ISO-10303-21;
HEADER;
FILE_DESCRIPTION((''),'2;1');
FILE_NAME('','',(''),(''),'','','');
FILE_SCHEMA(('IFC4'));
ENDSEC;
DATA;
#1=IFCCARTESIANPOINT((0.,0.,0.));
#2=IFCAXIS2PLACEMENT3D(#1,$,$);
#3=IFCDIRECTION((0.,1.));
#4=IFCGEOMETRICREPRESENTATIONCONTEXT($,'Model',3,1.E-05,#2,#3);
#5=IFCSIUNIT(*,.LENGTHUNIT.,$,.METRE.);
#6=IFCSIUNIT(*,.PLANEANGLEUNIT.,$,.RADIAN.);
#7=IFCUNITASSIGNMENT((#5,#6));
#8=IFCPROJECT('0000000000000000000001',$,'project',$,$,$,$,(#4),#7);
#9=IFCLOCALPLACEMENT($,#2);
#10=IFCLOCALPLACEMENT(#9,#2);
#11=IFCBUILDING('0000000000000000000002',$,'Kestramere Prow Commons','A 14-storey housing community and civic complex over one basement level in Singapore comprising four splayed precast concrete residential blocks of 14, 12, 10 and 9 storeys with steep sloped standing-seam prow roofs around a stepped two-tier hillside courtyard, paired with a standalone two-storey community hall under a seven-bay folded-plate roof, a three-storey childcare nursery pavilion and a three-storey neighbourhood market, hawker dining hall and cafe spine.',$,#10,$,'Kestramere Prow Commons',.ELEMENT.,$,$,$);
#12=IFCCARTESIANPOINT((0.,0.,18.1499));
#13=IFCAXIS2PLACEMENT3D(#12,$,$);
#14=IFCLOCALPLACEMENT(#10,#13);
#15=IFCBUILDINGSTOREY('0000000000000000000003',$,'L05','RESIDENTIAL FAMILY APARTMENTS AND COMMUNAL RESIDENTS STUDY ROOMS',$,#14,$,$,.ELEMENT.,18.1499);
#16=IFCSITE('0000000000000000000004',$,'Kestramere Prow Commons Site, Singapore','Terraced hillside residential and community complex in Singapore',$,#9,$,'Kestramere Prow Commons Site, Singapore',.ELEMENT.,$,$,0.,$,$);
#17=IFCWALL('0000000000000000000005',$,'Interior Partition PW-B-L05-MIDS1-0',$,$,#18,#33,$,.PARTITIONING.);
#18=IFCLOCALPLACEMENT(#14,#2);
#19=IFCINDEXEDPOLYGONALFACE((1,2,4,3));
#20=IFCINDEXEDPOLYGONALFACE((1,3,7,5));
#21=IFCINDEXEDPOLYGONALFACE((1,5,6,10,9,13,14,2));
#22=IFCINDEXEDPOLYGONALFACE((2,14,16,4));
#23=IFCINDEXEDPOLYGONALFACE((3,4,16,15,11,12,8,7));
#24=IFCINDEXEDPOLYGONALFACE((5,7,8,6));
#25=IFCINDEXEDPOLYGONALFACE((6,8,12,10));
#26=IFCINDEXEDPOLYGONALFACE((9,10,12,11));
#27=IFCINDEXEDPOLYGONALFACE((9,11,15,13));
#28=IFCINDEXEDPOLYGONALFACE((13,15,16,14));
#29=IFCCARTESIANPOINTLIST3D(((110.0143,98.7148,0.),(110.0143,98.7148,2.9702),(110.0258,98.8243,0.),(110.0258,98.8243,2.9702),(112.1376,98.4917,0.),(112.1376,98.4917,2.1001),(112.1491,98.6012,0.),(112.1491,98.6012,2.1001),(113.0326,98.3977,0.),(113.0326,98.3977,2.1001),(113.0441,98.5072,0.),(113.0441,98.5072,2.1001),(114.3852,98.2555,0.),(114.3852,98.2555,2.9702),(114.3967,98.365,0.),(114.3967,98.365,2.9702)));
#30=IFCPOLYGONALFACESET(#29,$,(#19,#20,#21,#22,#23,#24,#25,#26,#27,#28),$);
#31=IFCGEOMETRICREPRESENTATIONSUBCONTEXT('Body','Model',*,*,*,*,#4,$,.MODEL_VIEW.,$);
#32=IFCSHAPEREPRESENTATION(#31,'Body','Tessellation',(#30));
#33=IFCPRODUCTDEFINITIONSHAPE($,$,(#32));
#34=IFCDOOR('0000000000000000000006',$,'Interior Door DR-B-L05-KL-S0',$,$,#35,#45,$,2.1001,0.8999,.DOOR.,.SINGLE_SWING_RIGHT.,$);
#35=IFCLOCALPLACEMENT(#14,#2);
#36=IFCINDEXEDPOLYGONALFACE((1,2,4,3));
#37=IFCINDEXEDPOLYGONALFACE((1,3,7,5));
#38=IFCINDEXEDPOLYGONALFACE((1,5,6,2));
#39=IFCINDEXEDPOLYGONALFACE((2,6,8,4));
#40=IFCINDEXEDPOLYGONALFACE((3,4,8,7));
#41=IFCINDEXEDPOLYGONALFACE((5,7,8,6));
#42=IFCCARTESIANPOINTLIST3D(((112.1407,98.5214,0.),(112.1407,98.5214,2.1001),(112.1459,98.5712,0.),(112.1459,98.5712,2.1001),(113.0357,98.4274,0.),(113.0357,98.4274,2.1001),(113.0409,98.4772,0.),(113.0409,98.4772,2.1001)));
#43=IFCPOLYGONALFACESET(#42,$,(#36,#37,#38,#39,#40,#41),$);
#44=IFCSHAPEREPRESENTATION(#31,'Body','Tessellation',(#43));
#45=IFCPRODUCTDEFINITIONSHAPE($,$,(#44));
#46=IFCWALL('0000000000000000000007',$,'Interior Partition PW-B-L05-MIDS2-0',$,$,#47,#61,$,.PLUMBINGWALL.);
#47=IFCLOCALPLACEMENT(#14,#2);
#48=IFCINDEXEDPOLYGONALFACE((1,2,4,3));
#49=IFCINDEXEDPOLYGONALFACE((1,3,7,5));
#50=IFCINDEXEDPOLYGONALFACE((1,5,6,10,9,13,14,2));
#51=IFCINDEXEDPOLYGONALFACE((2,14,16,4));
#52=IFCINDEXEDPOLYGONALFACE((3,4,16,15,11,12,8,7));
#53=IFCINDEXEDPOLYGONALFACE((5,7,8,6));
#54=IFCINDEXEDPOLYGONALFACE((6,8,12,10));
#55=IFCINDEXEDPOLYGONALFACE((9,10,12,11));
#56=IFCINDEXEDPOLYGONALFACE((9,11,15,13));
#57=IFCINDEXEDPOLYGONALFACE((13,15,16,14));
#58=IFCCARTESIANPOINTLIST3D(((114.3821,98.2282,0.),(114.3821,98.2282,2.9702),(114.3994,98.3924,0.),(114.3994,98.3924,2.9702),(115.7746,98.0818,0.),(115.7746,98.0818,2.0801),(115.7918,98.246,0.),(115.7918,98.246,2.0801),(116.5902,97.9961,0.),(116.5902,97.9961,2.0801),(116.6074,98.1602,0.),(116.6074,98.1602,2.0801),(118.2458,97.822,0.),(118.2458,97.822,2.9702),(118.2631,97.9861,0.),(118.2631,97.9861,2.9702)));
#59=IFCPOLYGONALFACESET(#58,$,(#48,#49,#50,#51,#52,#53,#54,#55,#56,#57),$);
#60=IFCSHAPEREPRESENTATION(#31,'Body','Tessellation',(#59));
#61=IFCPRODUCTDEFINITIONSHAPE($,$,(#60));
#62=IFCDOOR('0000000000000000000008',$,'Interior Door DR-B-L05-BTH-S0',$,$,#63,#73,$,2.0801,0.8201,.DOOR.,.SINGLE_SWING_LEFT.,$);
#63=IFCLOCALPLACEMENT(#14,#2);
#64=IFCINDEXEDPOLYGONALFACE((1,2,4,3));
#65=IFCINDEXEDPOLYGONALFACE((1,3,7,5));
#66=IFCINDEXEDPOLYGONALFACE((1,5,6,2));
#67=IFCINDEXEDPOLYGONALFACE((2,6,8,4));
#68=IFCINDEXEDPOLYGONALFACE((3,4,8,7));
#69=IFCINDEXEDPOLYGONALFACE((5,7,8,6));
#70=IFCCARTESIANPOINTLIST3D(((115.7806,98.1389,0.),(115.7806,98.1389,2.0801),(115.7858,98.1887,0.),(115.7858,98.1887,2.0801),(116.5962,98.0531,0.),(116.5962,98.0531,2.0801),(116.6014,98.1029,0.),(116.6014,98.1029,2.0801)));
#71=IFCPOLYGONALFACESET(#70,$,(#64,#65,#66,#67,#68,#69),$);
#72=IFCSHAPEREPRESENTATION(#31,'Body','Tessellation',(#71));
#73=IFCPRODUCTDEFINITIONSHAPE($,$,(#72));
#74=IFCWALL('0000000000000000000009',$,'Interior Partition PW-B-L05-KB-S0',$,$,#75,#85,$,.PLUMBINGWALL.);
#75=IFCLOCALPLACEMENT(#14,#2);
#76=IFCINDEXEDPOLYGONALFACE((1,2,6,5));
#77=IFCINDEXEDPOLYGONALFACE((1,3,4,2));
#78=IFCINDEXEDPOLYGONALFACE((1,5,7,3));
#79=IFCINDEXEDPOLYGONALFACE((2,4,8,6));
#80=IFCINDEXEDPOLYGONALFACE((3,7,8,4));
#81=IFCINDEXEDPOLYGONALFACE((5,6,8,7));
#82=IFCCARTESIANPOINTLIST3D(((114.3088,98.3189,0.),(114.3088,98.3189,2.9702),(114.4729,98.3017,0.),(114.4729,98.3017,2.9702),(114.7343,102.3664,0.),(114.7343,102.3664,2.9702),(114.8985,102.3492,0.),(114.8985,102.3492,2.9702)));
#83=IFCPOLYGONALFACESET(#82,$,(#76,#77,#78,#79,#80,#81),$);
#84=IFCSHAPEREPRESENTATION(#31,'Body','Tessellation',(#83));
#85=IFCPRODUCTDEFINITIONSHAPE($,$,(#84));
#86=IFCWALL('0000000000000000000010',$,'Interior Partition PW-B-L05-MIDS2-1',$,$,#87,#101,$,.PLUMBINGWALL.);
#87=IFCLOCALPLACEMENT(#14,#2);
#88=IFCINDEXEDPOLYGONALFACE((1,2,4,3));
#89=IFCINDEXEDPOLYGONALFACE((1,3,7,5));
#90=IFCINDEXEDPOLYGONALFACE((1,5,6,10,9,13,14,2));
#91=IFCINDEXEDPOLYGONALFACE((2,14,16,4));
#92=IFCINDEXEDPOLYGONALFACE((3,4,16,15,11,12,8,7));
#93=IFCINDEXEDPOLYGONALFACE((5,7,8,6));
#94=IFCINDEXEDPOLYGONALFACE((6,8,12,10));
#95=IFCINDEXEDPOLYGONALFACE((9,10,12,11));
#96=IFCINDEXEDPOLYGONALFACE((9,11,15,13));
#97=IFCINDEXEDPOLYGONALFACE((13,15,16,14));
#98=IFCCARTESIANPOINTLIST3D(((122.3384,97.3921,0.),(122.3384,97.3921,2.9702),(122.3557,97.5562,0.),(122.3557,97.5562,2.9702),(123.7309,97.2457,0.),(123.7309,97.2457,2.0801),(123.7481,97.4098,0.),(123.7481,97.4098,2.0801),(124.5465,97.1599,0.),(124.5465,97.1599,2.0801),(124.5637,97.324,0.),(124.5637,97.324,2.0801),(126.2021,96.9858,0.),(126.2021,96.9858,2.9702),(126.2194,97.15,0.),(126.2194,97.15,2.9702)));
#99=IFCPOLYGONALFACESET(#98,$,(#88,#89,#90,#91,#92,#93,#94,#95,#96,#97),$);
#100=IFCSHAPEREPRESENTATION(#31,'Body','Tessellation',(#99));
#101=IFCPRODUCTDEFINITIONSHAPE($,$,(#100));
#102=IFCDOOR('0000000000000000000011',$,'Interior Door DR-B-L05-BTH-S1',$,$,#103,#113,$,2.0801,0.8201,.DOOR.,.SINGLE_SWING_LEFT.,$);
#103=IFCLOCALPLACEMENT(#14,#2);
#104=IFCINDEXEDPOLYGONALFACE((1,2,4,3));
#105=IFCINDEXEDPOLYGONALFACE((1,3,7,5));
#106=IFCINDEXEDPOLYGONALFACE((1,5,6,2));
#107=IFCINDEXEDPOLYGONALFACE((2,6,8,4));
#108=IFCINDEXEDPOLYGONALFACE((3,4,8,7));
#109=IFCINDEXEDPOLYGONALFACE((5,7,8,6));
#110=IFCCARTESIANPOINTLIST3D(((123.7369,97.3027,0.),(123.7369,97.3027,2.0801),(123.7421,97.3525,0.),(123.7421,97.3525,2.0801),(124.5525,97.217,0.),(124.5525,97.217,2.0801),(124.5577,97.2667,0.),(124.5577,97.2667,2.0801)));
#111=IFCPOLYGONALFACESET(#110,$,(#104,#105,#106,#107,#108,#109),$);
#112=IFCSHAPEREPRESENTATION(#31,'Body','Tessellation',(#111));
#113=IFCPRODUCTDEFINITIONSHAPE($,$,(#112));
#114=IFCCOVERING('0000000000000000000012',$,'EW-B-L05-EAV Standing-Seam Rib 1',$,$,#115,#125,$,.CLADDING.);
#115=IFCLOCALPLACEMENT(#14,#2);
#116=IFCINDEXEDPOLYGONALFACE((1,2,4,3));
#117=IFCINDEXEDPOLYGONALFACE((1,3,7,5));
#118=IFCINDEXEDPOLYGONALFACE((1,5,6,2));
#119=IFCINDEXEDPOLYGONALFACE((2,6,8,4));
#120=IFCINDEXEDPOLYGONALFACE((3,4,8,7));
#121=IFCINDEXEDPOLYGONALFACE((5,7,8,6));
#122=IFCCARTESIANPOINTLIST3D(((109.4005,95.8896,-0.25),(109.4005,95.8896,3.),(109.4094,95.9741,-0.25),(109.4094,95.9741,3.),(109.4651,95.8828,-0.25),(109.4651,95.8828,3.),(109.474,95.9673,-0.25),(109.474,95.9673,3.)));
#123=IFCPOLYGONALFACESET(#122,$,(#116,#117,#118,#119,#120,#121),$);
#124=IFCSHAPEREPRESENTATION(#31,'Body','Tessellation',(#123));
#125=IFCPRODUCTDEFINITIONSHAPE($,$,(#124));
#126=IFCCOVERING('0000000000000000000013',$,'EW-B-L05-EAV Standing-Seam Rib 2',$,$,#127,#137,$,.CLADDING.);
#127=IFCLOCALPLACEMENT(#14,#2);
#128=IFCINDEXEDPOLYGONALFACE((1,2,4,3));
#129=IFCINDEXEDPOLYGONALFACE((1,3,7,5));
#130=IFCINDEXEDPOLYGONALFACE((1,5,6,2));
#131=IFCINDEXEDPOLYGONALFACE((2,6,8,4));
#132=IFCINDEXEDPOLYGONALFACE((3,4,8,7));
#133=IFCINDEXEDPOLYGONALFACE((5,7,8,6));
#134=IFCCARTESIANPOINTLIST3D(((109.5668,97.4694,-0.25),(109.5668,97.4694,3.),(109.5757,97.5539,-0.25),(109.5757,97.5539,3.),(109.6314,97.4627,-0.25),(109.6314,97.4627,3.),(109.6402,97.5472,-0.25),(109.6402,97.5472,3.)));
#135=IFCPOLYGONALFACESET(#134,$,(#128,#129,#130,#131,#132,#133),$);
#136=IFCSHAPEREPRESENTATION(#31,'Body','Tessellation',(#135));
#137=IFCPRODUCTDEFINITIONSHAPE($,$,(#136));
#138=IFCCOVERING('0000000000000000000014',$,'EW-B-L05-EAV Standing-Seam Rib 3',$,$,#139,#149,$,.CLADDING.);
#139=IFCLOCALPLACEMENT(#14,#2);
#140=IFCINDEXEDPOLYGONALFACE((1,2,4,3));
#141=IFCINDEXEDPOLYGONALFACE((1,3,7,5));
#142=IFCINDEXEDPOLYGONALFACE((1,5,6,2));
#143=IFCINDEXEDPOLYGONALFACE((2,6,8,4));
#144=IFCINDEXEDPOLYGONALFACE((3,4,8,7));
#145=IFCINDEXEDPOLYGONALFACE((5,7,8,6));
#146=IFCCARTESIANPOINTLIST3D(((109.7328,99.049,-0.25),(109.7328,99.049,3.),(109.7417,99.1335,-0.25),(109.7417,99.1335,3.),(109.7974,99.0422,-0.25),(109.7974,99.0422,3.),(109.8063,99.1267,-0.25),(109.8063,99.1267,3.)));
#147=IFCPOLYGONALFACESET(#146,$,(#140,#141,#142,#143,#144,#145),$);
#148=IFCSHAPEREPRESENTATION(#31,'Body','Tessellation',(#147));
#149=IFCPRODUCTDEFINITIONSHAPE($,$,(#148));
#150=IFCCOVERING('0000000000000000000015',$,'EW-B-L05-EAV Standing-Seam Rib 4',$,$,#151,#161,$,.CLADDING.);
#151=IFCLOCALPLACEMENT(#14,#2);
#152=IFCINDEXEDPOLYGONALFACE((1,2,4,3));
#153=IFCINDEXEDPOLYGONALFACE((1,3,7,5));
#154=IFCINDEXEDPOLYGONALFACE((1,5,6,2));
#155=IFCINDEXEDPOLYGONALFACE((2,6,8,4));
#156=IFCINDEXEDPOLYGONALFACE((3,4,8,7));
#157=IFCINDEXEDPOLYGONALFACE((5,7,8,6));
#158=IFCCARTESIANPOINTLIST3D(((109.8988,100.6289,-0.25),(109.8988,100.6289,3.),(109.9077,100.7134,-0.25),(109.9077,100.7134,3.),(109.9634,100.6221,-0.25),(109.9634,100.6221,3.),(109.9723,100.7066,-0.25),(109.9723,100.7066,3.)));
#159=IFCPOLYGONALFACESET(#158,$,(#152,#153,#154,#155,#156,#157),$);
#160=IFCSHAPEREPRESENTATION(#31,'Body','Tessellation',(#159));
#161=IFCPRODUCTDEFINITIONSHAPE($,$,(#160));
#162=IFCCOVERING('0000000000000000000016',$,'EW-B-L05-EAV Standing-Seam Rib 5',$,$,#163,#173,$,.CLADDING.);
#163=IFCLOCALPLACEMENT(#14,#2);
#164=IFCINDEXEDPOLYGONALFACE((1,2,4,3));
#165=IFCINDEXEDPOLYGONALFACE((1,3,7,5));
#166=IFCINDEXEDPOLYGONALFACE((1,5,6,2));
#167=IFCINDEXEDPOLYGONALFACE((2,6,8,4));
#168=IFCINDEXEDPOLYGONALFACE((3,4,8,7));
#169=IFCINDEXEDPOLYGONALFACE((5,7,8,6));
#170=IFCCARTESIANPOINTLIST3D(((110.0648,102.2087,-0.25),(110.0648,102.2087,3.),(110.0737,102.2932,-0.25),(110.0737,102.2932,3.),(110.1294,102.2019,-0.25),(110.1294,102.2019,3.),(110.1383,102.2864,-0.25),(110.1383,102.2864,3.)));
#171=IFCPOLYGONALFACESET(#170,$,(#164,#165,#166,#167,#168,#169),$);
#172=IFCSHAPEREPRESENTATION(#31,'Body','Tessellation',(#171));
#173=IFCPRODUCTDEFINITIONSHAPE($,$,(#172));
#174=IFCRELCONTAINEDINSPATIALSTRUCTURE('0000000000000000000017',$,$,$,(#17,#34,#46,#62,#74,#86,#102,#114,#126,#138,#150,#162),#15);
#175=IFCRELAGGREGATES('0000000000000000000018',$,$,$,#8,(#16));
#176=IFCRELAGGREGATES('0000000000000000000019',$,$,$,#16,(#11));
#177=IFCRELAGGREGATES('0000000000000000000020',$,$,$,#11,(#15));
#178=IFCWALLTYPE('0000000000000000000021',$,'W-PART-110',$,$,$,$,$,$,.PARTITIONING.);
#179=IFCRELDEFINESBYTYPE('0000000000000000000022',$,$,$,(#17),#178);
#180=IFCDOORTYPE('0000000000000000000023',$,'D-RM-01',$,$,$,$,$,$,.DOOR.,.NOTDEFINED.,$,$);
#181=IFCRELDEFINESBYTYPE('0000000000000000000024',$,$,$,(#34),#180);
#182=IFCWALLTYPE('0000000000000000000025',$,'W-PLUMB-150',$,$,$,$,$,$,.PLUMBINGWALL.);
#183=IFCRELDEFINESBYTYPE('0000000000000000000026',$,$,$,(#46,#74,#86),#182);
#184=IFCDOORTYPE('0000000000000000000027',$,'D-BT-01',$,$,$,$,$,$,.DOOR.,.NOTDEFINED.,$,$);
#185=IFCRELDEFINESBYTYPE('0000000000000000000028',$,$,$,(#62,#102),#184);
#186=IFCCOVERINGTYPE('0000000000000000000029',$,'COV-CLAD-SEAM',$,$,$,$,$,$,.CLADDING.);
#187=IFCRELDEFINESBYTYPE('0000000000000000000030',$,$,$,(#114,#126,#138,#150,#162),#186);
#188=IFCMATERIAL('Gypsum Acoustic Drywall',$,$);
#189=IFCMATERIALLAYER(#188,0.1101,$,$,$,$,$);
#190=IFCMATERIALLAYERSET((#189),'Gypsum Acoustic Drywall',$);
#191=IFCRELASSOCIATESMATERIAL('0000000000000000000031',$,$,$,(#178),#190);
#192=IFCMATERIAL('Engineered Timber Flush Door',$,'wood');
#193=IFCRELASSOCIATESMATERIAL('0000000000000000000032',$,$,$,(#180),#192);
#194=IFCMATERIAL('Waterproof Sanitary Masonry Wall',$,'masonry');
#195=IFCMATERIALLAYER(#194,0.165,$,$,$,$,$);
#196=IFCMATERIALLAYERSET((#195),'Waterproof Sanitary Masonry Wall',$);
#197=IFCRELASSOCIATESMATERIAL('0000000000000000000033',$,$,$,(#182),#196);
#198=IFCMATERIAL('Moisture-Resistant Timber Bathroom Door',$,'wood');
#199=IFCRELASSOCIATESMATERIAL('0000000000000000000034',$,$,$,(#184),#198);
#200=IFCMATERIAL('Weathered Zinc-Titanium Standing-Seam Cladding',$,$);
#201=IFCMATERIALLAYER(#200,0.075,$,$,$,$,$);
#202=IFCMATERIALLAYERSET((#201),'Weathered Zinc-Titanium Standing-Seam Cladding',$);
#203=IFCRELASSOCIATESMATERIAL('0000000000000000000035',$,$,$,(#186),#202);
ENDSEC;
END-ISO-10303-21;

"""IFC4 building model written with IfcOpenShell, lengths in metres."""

from ifc_helpers import new_model, si_unit, direction, frame, frame_2d, origin, origin_2d, place, context, subcontext, project, spatial, rectangle, extrude, material, layer, layer_set, type_object, element, fill, save


model = new_model("IFC4")

# Units and contexts
model_context = context("Model", 3, precision=1e-05, world=origin(), true_north=direction((0.0, 1.0)))
body_context = subcontext(model_context, "Body", "Model", "MODEL_VIEW")
ifc_project = project(units=[si_unit("LENGTHUNIT", "METRE"), si_unit("PLANEANGLEUNIT", "RADIAN")], contexts=[model_context])

# Site, building, storey
site_placement = place(None, origin())
site = spatial("IfcSite", under=ifc_project, at=site_placement, Name="Kestramere Prow Commons Site, Singapore", Description="Terraced hillside residential and community complex in Singapore", LongName="Kestramere Prow Commons Site, Singapore", CompositionType="ELEMENT", RefElevation=0.0)
building_placement = place(site_placement, origin())
building = spatial("IfcBuilding", under=site, at=building_placement, Name="Kestramere Prow Commons", Description="A 14-storey housing community and civic complex over one basement level in Singapore comprising four splayed precast concrete residential blocks of 14, 12, 10 and 9 storeys with steep sloped standing-seam prow roofs around a stepped two-tier hillside courtyard, paired with a standalone two-storey community hall under a seven-bay folded-plate roof, a three-storey childcare nursery pavilion and a three-storey neighbourhood market, hawker dining hall and cafe spine.", LongName="Kestramere Prow Commons", CompositionType="ELEMENT")
storey_placement = place(building_placement, frame((0.0, 0.0, 18.1499)))
storey = spatial("IfcBuildingStorey", under=building, at=storey_placement, Name="L05", Description="RESIDENTIAL FAMILY APARTMENTS AND COMMUNAL RESIDENTS STUDY ROOMS", CompositionType="ELEMENT", Elevation=18.1499)

# Walls, openings, doors
ifc_material_1 = material(Name="Gypsum Acoustic Drywall")
ifc_layer_1 = layer(ifc_material_1, 0.1101)
ifc_layer_set_1 = layer_set([ifc_layer_1], Name="Gypsum Acoustic Drywall")
wall_type_1 = type_object("IfcWallType", Name="W-PART-110", PredefinedType="PARTITIONING", material=ifc_layer_set_1)
wall_1_placement = place(storey_placement, frame((110.02, 98.7695, 0.0), z_axis=(0.0, 0.0, 1.0), x_axis=(0.994526, -0.104491, 0.0)))
wall_1 = element("IfcWall", 1, at=wall_1_placement, inside=storey, type_object=wall_type_1, Name="Interior Partition PW-B-L05-MIDS1-0", PredefinedType="PARTITIONING", context=body_context, shape_type="SweptSolid", body=[
    extrude(rectangle(XDim=4.395, YDim=0.1101, at=frame_2d((2.1975, 0.0))), origin(), (0.0, 0.0, 1.0), 2.9702),
])
opening_1_placement = place(wall_1_placement, frame((2.135, 0.0, 0.0)))
opening_1 = element("IfcOpeningElement", 2, at=opening_1_placement, cuts=wall_1, PredefinedType="OPENING", context=body_context, shape_type="SweptSolid", body=[
    extrude(rectangle(XDim=0.8999, YDim=2.1001, at=frame_2d((0.45, 1.05))), frame((0.0, 0.0701, 0.0), z_axis=(0.0, -1.0, 0.0), x_axis=(1.0, 0.0, 0.0)), (0.0, 0.0, 1.0), 0.1401),
])
ifc_material_2 = material(Name="Engineered Timber Flush Door", Category="wood")
door_type_1 = type_object("IfcDoorType", Name="D-RM-01", OperationType="NOTDEFINED", PredefinedType="DOOR", material=ifc_material_2)
door_1_placement = place(opening_1_placement, origin())
door_1 = element("IfcDoor", 3, at=door_1_placement, inside=storey, type_object=door_type_1, Name="Interior Door DR-B-L05-KL-S0", OperationType="SINGLE_SWING_RIGHT", OverallHeight=2.1001, OverallWidth=0.8999, PredefinedType="DOOR", context=body_context, shape_type="SweptSolid", body=[
    extrude(rectangle(XDim=0.8999, YDim=2.1001, at=frame_2d((0.45, 1.05))), frame((0.0, 0.0249, 0.0), z_axis=(0.0, -1.0, 0.0), x_axis=(1.0, 0.0, 0.0)), (0.0, 0.0, 1.0), 0.05),
])
fill(opening_1, door_1)
ifc_material_3 = material(Name="Waterproof Sanitary Masonry Wall", Category="masonry")
ifc_layer_2 = layer(ifc_material_3, 0.165)
ifc_layer_set_2 = layer_set([ifc_layer_2], Name="Waterproof Sanitary Masonry Wall")
wall_type_2 = type_object("IfcWallType", Name="W-PLUMB-150", PredefinedType="PLUMBINGWALL", material=ifc_layer_set_2)
wall_2_placement = place(storey_placement, frame((114.3909, 98.3103, 0.0), z_axis=(0.0, 0.0, 1.0), x_axis=(0.994518, -0.104567, 0.0)))
wall_2 = element("IfcWall", 4, at=wall_2_placement, inside=storey, type_object=wall_type_2, Name="Interior Partition PW-B-L05-MIDS2-0", PredefinedType="PLUMBINGWALL", context=body_context, shape_type="SweptSolid", body=[
    extrude(rectangle(XDim=3.885, YDim=0.165, at=frame_2d((1.9424, 0.0))), origin(), (0.0, 0.0, 1.0), 2.9702),
])
opening_2_placement = place(wall_2_placement, frame((1.3999, 0.0, 0.0)))
opening_2 = element("IfcOpeningElement", 5, at=opening_2_placement, cuts=wall_2, PredefinedType="OPENING", context=body_context, shape_type="SweptSolid", body=[
    extrude(rectangle(XDim=0.8201, YDim=2.0801, at=frame_2d((0.4102, 1.04))), frame((0.0, 0.0974, 0.0), z_axis=(0.0, -1.0, 0.0), x_axis=(1.0, 0.0, 0.0)), (0.0, 0.0, 1.0), 0.1951),
])
ifc_material_4 = material(Name="Moisture-Resistant Timber Bathroom Door", Category="wood")
door_type_2 = type_object("IfcDoorType", Name="D-BT-01", OperationType="NOTDEFINED", PredefinedType="DOOR", material=ifc_material_4)
door_2_placement = place(opening_2_placement, origin())
door_2 = element("IfcDoor", 6, at=door_2_placement, inside=storey, type_object=door_type_2, Name="Interior Door DR-B-L05-BTH-S0", OperationType="SINGLE_SWING_LEFT", OverallHeight=2.0801, OverallWidth=0.8201, PredefinedType="DOOR", context=body_context, shape_type="SweptSolid", body=[
    extrude(rectangle(XDim=0.8201, YDim=2.0801, at=frame_2d((0.4102, 1.04))), frame((0.0, 0.0249, 0.0), z_axis=(0.0, -1.0, 0.0), x_axis=(1.0, 0.0, 0.0)), (0.0, 0.0, 1.0), 0.05),
])
fill(opening_2, door_2)

# Wall
wall_3_placement = place(storey_placement, frame((114.3909, 98.3103, 0.0), z_axis=(0.0, 0.0, 1.0), x_axis=(0.104557, 0.994519, 0.0)))
element("IfcWall", 7, at=wall_3_placement, inside=storey, type_object=wall_type_2, Name="Interior Partition PW-B-L05-KB-S0", PredefinedType="PLUMBINGWALL", context=body_context, shape_type="SweptSolid", body=[
    extrude(rectangle(XDim=4.0698, YDim=0.165, at=frame_2d((2.0349, 0.0))), origin(), (0.0, 0.0, 1.0), 2.9702),
])

# Wall, opening, door
wall_4_placement = place(storey_placement, frame((122.3472, 97.4741, 0.0), z_axis=(0.0, 0.0, 1.0), x_axis=(0.994518, -0.104567, 0.0)))
wall_4 = element("IfcWall", 8, at=wall_4_placement, inside=storey, type_object=wall_type_2, Name="Interior Partition PW-B-L05-MIDS2-1", PredefinedType="PLUMBINGWALL", context=body_context, shape_type="SweptSolid", body=[
    extrude(rectangle(XDim=3.885, YDim=0.165, at=frame_2d((1.9424, 0.0))), origin(), (0.0, 0.0, 1.0), 2.9702),
])
opening_3_placement = place(wall_4_placement, frame((1.3999, 0.0, 0.0)))
opening_3 = element("IfcOpeningElement", 9, at=opening_3_placement, cuts=wall_4, PredefinedType="OPENING", context=body_context, shape_type="SweptSolid", body=[
    extrude(rectangle(XDim=0.8201, YDim=2.0801, at=frame_2d((0.4102, 1.04))), frame((0.0, 0.0974, 0.0), z_axis=(0.0, -1.0, 0.0), x_axis=(1.0, 0.0, 0.0)), (0.0, 0.0, 1.0), 0.1951),
])
door_3_placement = place(opening_3_placement, origin())
door_3 = element("IfcDoor", 10, at=door_3_placement, inside=storey, type_object=door_type_2, Name="Interior Door DR-B-L05-BTH-S1", OperationType="SINGLE_SWING_LEFT", OverallHeight=2.0801, OverallWidth=0.8201, PredefinedType="DOOR", context=body_context, shape_type="SweptSolid", body=[
    extrude(rectangle(XDim=0.8201, YDim=2.0801, at=frame_2d((0.4102, 1.04))), frame((0.0, 0.0249, 0.0), z_axis=(0.0, -1.0, 0.0), x_axis=(1.0, 0.0, 0.0)), (0.0, 0.0, 1.0), 0.05),
])
fill(opening_3, door_3)

# Coverings
ifc_material_5 = material(Name="Weathered Zinc-Titanium Standing-Seam Cladding")
ifc_layer_3 = layer(ifc_material_5, 0.075)
ifc_layer_set_3 = layer_set([ifc_layer_3], Name="Weathered Zinc-Titanium Standing-Seam Cladding")
covering_type = type_object("IfcCoveringType", Name="COV-CLAD-SEAM", PredefinedType="CLADDING", material=ifc_layer_set_3)
for number, where, z_axis, x_axis, name in (
    (11, (109.4373, 95.9285, -0.25), (0.0, 0.0, 1.0), (0.104528, 0.994522, 0.0), "EW-B-L05-EAV Standing-Seam Rib 1"),
    (12, (109.6035, 97.5083, -0.25), (0.0, 0.0, 1.0), (0.104528, 0.994522, 0.0), "EW-B-L05-EAV Standing-Seam Rib 2"),
    (13, (109.7695, 99.0879, -0.25), (0.0, 0.0, 1.0), (0.104528, 0.994522, 0.0), "EW-B-L05-EAV Standing-Seam Rib 3"),
    (14, (109.9355, 100.6677, -0.25), (0.0, 0.0, 1.0), (0.104528, 0.994522, 0.0), "EW-B-L05-EAV Standing-Seam Rib 4"),
    (15, (110.1016, 102.2476, -0.25), (0.0, 0.0, 1.0), (0.104528, 0.994522, 0.0), "EW-B-L05-EAV Standing-Seam Rib 5"),
):
    element("IfcCovering", number, at=place(storey_placement, frame(where, z_axis=z_axis, x_axis=x_axis)), inside=storey, type_object=covering_type, Name=name, PredefinedType="CLADDING", context=body_context, shape_type="SweptSolid", body=[
        extrude(rectangle(XDim=0.085, YDim=0.0649, at=origin_2d()), origin(), (0.0, 0.0, 1.0), 3.25),
    ])

save(model, "model.ifc")
